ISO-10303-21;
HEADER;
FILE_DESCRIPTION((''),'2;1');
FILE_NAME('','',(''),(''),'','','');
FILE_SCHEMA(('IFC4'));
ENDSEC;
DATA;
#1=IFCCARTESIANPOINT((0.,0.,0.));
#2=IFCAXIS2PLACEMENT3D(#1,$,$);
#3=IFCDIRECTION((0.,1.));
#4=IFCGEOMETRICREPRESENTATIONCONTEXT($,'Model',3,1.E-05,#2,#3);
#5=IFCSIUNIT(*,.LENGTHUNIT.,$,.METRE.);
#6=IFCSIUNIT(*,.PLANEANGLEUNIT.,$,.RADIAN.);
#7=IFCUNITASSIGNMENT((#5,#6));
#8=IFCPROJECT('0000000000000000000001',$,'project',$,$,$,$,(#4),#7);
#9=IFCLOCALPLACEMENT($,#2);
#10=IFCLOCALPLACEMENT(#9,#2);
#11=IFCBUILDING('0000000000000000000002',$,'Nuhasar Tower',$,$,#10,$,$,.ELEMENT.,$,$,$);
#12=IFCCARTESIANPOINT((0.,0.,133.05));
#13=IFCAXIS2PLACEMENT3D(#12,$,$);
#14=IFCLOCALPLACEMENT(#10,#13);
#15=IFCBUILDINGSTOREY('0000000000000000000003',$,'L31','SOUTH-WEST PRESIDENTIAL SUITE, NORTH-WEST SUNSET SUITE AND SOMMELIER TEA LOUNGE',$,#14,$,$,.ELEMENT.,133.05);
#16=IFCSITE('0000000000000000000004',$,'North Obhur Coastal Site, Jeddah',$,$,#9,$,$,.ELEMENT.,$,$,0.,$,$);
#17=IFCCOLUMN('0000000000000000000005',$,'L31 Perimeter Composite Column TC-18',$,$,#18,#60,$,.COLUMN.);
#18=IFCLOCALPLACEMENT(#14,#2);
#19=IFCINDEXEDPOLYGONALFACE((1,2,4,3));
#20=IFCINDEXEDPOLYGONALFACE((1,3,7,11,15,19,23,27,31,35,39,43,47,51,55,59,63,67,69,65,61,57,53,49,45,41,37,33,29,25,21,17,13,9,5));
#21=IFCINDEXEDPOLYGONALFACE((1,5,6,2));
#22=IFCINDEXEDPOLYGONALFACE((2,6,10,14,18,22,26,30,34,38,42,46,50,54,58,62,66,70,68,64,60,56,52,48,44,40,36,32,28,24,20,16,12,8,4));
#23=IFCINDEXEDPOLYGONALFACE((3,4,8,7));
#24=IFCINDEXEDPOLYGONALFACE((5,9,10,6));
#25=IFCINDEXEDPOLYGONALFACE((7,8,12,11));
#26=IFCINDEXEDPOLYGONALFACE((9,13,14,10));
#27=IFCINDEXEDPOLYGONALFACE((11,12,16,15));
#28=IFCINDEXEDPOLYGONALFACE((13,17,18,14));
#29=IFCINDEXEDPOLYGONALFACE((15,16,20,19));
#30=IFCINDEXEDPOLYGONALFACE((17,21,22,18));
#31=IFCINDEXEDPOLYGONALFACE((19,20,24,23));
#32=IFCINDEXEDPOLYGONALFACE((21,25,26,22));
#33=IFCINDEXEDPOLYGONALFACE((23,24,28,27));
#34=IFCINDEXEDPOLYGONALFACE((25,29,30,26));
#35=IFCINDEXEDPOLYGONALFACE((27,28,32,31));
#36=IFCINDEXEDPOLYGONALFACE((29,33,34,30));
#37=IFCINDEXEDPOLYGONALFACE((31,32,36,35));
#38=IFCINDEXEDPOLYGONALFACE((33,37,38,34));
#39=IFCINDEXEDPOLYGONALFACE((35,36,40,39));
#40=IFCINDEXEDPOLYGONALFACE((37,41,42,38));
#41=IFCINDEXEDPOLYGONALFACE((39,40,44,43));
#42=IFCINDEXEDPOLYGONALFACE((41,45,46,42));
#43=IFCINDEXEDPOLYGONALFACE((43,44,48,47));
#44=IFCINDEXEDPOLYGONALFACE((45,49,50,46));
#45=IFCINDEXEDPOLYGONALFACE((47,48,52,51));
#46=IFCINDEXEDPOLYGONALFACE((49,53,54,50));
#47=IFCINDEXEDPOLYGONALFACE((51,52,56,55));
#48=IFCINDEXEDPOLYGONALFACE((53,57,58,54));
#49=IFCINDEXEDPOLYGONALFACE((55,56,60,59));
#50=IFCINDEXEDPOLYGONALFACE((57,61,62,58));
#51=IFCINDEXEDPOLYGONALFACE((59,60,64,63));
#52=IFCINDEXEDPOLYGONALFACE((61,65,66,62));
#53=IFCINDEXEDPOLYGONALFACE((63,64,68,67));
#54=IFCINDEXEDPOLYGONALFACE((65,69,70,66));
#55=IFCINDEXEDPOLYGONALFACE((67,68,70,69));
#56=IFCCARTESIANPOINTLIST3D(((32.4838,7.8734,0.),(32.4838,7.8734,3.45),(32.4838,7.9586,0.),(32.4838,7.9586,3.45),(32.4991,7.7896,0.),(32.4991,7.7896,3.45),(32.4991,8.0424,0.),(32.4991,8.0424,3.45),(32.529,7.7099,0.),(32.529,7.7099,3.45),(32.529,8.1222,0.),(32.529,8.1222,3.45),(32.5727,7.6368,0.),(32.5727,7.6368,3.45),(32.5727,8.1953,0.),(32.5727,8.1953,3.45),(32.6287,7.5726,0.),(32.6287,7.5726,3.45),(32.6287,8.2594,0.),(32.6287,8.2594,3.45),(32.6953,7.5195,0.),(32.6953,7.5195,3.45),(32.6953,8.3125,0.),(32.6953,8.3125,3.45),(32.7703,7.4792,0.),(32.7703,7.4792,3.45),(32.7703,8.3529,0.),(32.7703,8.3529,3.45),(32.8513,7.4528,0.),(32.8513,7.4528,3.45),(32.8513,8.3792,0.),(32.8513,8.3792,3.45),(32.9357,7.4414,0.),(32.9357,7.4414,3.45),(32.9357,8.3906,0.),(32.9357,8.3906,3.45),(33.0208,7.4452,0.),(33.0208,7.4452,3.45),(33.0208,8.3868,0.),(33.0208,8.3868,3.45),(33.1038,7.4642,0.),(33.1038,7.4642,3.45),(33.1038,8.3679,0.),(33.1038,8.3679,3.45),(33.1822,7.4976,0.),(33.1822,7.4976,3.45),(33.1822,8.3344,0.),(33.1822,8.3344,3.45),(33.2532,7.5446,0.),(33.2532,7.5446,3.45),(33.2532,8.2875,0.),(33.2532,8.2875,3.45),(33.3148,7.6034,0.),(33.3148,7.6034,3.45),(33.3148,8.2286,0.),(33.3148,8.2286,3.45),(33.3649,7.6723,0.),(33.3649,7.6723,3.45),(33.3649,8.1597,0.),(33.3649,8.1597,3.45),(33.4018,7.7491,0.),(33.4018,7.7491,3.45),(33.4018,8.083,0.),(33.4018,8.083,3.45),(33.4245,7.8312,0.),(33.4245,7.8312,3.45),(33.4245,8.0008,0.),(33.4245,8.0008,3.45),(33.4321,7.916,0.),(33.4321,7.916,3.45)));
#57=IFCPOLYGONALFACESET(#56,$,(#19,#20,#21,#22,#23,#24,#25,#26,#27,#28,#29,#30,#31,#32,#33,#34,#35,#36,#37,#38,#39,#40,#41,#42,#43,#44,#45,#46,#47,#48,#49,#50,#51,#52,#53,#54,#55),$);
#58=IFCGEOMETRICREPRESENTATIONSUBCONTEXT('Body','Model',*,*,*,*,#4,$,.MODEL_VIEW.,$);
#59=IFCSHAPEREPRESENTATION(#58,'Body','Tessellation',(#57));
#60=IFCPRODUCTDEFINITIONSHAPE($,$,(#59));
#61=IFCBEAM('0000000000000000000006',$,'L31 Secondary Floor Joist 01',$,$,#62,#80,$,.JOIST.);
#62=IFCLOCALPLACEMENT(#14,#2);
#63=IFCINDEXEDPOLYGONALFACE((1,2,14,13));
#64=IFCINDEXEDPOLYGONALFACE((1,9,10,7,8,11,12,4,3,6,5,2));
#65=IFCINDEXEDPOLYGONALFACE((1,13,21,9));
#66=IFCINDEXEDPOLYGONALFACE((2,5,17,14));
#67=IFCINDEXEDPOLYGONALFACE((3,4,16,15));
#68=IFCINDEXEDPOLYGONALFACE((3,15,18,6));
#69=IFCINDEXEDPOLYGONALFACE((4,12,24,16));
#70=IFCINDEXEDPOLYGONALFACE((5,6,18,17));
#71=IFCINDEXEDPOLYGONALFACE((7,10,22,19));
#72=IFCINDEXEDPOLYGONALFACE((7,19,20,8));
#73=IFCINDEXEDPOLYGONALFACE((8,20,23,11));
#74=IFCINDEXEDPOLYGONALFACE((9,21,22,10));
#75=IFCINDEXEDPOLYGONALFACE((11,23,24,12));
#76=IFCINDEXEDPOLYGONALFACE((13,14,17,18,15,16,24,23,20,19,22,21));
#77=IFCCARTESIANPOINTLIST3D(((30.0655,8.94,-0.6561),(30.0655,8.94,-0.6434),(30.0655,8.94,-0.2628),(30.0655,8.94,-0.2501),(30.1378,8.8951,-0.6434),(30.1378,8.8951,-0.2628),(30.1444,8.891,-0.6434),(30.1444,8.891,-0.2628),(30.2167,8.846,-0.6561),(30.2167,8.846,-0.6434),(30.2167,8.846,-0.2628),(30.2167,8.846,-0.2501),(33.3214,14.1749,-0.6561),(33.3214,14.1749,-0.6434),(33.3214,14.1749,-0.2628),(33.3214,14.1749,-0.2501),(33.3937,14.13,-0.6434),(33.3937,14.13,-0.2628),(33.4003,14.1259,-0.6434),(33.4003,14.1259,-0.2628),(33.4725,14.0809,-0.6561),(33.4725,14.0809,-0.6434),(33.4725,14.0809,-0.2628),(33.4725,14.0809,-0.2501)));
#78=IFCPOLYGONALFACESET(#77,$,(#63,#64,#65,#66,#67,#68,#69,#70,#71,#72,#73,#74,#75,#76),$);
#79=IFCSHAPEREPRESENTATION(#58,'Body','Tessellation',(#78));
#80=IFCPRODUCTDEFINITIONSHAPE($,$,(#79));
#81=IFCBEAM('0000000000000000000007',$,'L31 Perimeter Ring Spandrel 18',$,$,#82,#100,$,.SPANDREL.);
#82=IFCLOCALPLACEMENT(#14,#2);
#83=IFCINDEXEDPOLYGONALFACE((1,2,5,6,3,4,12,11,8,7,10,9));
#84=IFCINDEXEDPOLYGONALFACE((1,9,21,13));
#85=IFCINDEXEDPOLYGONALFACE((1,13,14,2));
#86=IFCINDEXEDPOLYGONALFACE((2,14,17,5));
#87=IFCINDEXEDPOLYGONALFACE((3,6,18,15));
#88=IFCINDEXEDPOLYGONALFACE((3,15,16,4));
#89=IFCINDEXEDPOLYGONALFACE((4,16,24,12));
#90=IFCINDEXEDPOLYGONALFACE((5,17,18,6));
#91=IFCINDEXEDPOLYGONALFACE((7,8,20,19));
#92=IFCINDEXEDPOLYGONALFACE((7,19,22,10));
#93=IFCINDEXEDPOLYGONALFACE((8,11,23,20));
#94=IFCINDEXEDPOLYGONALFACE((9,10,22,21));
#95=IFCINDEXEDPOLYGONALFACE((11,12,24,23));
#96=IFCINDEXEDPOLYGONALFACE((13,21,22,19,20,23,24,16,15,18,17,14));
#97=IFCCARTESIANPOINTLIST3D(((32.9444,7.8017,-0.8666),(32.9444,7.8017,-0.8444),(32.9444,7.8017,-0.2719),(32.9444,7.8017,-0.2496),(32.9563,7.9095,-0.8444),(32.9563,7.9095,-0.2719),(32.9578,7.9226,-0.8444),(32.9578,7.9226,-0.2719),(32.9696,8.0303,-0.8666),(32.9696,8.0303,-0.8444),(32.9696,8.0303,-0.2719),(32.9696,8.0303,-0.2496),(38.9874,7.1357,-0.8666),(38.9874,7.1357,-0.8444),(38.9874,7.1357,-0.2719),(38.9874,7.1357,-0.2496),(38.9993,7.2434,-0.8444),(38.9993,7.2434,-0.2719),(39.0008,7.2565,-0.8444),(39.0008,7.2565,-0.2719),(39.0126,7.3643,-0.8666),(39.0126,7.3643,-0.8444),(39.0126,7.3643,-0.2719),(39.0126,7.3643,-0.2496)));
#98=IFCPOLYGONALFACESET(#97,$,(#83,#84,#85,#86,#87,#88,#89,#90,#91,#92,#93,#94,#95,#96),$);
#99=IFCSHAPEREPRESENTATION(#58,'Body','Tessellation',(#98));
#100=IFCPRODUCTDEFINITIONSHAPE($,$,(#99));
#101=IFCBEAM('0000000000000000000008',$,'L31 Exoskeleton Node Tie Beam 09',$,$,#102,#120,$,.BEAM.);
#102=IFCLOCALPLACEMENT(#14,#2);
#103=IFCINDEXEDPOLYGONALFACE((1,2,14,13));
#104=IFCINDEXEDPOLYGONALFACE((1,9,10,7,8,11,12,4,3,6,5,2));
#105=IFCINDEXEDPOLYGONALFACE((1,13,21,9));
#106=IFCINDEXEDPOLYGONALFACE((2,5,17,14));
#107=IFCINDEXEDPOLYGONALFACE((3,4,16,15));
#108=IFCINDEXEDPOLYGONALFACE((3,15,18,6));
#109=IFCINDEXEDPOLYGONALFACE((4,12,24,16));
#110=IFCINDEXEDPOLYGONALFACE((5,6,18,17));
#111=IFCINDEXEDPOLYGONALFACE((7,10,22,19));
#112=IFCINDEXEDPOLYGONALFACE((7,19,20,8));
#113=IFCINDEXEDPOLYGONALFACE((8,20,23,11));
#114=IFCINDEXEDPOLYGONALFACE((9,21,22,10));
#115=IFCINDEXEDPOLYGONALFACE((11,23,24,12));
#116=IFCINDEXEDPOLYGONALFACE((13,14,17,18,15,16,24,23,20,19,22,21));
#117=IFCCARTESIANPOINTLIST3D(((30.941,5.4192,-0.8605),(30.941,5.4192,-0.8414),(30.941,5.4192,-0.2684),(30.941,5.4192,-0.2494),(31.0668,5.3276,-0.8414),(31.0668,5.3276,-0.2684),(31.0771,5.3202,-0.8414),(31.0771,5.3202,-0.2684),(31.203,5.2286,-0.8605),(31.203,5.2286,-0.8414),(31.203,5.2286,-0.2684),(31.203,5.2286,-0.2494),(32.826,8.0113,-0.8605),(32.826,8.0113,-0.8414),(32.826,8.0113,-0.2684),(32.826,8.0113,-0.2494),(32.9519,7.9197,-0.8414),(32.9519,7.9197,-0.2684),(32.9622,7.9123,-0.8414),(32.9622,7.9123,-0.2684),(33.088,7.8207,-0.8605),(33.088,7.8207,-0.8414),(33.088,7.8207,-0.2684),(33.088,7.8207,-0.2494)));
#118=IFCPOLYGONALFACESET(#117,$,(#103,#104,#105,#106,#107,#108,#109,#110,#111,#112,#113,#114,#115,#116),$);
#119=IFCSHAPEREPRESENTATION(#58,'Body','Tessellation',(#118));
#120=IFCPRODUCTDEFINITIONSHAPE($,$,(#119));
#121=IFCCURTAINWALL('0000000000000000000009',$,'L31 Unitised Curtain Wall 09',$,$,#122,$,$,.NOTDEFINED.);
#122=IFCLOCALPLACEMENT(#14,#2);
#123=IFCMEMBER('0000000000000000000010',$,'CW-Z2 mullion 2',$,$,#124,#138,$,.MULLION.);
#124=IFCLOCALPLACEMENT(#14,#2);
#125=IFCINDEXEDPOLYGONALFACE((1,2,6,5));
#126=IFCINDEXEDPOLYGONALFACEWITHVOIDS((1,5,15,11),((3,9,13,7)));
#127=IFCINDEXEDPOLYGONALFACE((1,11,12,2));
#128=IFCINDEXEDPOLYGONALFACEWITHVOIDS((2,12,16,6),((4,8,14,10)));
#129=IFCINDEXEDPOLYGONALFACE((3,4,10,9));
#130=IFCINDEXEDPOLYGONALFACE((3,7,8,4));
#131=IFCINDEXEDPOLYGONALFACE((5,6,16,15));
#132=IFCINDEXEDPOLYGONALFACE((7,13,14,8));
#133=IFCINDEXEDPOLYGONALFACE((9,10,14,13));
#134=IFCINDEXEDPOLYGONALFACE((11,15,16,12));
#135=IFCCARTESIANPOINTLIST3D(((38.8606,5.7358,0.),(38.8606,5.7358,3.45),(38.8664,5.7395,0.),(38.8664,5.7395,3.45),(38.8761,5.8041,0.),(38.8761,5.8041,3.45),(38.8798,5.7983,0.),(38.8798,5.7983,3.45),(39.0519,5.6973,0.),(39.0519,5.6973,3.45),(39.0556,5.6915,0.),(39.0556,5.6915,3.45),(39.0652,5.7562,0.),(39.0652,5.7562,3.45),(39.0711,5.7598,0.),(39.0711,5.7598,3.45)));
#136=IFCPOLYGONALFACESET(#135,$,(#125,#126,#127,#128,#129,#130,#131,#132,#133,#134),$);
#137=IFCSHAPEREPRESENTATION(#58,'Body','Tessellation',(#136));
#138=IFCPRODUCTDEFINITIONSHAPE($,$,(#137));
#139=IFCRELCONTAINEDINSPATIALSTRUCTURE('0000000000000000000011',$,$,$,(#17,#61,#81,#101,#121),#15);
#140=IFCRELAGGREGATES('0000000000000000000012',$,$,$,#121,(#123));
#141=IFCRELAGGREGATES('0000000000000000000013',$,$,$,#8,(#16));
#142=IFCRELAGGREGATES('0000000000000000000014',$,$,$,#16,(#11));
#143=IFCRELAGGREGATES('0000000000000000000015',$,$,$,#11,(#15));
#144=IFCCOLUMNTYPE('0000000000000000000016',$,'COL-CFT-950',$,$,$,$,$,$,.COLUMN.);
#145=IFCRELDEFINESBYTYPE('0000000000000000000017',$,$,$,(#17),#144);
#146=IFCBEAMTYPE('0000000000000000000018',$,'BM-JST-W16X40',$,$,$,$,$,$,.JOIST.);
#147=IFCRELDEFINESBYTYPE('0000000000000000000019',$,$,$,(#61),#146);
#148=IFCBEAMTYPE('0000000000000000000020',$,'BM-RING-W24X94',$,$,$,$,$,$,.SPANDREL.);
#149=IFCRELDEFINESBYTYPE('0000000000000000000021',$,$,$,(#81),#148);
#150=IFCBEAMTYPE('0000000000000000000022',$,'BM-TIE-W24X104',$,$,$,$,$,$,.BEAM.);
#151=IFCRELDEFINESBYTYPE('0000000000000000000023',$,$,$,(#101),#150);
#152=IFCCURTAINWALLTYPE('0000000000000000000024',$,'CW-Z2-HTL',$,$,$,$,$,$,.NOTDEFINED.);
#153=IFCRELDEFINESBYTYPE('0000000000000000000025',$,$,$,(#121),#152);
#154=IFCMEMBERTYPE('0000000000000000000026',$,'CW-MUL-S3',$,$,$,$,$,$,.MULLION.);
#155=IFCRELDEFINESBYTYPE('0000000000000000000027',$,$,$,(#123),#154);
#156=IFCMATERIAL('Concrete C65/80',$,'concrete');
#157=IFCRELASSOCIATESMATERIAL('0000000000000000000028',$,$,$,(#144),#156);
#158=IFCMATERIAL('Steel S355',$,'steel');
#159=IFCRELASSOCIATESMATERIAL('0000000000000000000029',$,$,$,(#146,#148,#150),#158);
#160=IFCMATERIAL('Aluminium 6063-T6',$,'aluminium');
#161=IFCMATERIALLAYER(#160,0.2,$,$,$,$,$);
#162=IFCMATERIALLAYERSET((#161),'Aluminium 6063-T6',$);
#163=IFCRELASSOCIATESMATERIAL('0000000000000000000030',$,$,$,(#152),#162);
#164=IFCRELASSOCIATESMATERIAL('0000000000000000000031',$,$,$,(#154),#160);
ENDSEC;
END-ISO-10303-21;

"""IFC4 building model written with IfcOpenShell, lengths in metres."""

from ifc_helpers import new_model, si_unit, direction, frame, origin, origin_2d, place, context, subcontext, project, spatial, hollow_rectangle, circle, i_section, extrude, material, layer, layer_set, material_profile, profile_set, type_object, element, aggregate, save


model = new_model("IFC4")

# Units and contexts
model_context = context("Model", 3, precision=1e-05, world=origin(), true_north=direction((0.0, 1.0)))
body_context = subcontext(model_context, "Body", "Model", "MODEL_VIEW")
ifc_project = project(units=[si_unit("LENGTHUNIT", "METRE"), si_unit("PLANEANGLEUNIT", "RADIAN")], contexts=[model_context])

# Site, building, storey
site_placement = place(None, origin())
site = spatial("IfcSite", under=ifc_project, at=site_placement, Name="North Obhur Coastal Site, Jeddah", CompositionType="ELEMENT", RefElevation=0.0)
building_placement = place(site_placement, origin())
building = spatial("IfcBuilding", under=site, at=building_placement, Name="Nuhasar Tower", CompositionType="ELEMENT")
storey_placement = place(building_placement, frame((0.0, 0.0, 133.05)))
storey = spatial("IfcBuildingStorey", under=building, at=storey_placement, Name="L31", Description="SOUTH-WEST PRESIDENTIAL SUITE, NORTH-WEST SUNSET SUITE AND SOMMELIER TEA LOUNGE", CompositionType="ELEMENT", Elevation=133.05)

# Column
ifc_material_1 = material(Name="Concrete C65/80", Category="concrete")
ifc_material_profile_1 = material_profile(ifc_material_1, circle(Radius=0.4751, at=origin_2d()), Name="CFT950")
ifc_profile_set_1 = profile_set([ifc_material_profile_1], Name="Concrete C65/80")
column_type = type_object("IfcColumnType", Name="COL-CFT-950", PredefinedType="COLUMN", material=ifc_profile_set_1)
column_placement = place(storey_placement, frame((32.957, 7.916, 0.0), z_axis=(0.0, 0.0, 1.0), x_axis=(1.0, 0.0, 0.0)))
element("IfcColumn", 1, at=column_placement, inside=storey, type_object=column_type, Name="L31 Perimeter Composite Column TC-18", PredefinedType="COLUMN", context=body_context, shape_type="SweptSolid", body=[
    extrude(circle(Radius=0.4751, at=origin_2d()), origin(), (0.0, 0.0, 1.0), 3.45),
])

# Beams
ifc_material_2 = material(Name="Steel S355", Category="steel")
ifc_material_profile_2 = material_profile(ifc_material_2, i_section(OverallWidth=0.178, OverallDepth=0.406, WebThickness=0.0078, FlangeThickness=0.0127, at=origin_2d()), Name="W16X40")
ifc_profile_set_2 = profile_set([ifc_material_profile_2], Name="Steel S355")
beam_type_1 = type_object("IfcBeamType", Name="BM-JST-W16X40", PredefinedType="JOIST", material=ifc_profile_set_2)
beam_1_placement = place(storey_placement, frame((33.397, 14.1279, -0.4531), z_axis=(-0.528139, -0.849158, 0.0), x_axis=(0.849158, -0.528139, 0.0)))
element("IfcBeam", 2, at=beam_1_placement, inside=storey, type_object=beam_type_1, Name="L31 Secondary Floor Joist 01", PredefinedType="JOIST", context=body_context, shape_type="SweptSolid", body=[
    extrude(i_section(OverallWidth=0.178, OverallDepth=0.406, WebThickness=0.0078, FlangeThickness=0.0127, at=origin_2d()), origin(), (0.0, 0.0, 1.0), 6.1648),
])
ifc_material_profile_3 = material_profile(ifc_material_2, i_section(OverallWidth=0.23, OverallDepth=0.6169, WebThickness=0.0132, FlangeThickness=0.0222, at=origin_2d()), Name="W24X94")
ifc_profile_set_3 = profile_set([ifc_material_profile_3], Name="Steel S355")
beam_type_2 = type_object("IfcBeamType", Name="BM-RING-W24X94", PredefinedType="SPANDREL", material=ifc_profile_set_3)
beam_2_placement = place(storey_placement, frame((32.957, 7.916, -0.5581), z_axis=(0.993981, -0.10955, 0.0), x_axis=(0.10955, 0.993981, 0.0)))
element("IfcBeam", 3, at=beam_2_placement, inside=storey, type_object=beam_type_2, Name="L31 Perimeter Ring Spandrel 18", PredefinedType="SPANDREL", context=body_context, shape_type="SweptSolid", body=[
    extrude(i_section(OverallWidth=0.23, OverallDepth=0.6169, WebThickness=0.0132, FlangeThickness=0.0222, at=origin_2d()), origin(), (0.0, 0.0, 1.0), 6.0796),
])
ifc_material_profile_4 = material_profile(ifc_material_2, i_section(OverallWidth=0.324, OverallDepth=0.6111, WebThickness=0.0127, FlangeThickness=0.019, at=origin_2d()), Name="W24X104")
ifc_profile_set_4 = profile_set([ifc_material_profile_4], Name="Steel S355")
beam_type_3 = type_object("IfcBeamType", Name="BM-TIE-W24X104", PredefinedType="BEAM", material=ifc_profile_set_4)
beam_3_placement = place(storey_placement, frame((32.957, 7.916, -0.5549), z_axis=(-0.588149, -0.808753, 0.0), x_axis=(0.808753, -0.588149, 0.0)))
element("IfcBeam", 4, at=beam_3_placement, inside=storey, type_object=beam_type_3, Name="L31 Exoskeleton Node Tie Beam 09", PredefinedType="BEAM", context=body_context, shape_type="SweptSolid", body=[
    extrude(i_section(OverallWidth=0.324, OverallDepth=0.6111, WebThickness=0.0127, FlangeThickness=0.019, at=origin_2d()), origin(), (0.0, 0.0, 1.0), 3.2051),
])

# Curtain wall, member
ifc_material_3 = material(Name="Aluminium 6063-T6", Category="aluminium")
ifc_layer_1 = layer(ifc_material_3, 0.2)
ifc_layer_set_1 = layer_set([ifc_layer_1], Name="Aluminium 6063-T6")
curtain_wall_type = type_object("IfcCurtainWallType", Name="CW-Z2-HTL", PredefinedType="NOTDEFINED", material=ifc_layer_set_1)
curtain_wall_placement = place(storey_placement, origin())
curtain_wall = element("IfcCurtainWall", 5, at=curtain_wall_placement, inside=storey, type_object=curtain_wall_type, Name="L31 Unitised Curtain Wall 09", PredefinedType="NOTDEFINED")
ifc_material_profile_5 = material_profile(ifc_material_3, hollow_rectangle(XDim=0.0701, YDim=0.2, WallThickness=0.0049, at=origin_2d()), Name="CWM-3")
ifc_profile_set_5 = profile_set([ifc_material_profile_5], Name="Aluminium 6063-T6")
member_type_1 = type_object("IfcMemberType", Name="CW-MUL-S3", PredefinedType="MULLION", material=ifc_profile_set_5)
member_1_placement = place(storey_placement, frame((38.9658, 5.7478, 0.0), z_axis=(0.0, 0.0, 1.0), x_axis=(0.221397, 0.975184, 0.0)))
member_1 = element("IfcMember", 6, at=member_1_placement, type_object=member_type_1, Name="CW-Z2 mullion 2", PredefinedType="MULLION", context=body_context, shape_type="SweptSolid", body=[
    extrude(hollow_rectangle(XDim=0.0701, YDim=0.2, WallThickness=0.0049, at=origin_2d()), origin(), (0.0, 0.0, 1.0), 3.45),
])

aggregate(curtain_wall, [member_1])

save(model, "model.ifc")
